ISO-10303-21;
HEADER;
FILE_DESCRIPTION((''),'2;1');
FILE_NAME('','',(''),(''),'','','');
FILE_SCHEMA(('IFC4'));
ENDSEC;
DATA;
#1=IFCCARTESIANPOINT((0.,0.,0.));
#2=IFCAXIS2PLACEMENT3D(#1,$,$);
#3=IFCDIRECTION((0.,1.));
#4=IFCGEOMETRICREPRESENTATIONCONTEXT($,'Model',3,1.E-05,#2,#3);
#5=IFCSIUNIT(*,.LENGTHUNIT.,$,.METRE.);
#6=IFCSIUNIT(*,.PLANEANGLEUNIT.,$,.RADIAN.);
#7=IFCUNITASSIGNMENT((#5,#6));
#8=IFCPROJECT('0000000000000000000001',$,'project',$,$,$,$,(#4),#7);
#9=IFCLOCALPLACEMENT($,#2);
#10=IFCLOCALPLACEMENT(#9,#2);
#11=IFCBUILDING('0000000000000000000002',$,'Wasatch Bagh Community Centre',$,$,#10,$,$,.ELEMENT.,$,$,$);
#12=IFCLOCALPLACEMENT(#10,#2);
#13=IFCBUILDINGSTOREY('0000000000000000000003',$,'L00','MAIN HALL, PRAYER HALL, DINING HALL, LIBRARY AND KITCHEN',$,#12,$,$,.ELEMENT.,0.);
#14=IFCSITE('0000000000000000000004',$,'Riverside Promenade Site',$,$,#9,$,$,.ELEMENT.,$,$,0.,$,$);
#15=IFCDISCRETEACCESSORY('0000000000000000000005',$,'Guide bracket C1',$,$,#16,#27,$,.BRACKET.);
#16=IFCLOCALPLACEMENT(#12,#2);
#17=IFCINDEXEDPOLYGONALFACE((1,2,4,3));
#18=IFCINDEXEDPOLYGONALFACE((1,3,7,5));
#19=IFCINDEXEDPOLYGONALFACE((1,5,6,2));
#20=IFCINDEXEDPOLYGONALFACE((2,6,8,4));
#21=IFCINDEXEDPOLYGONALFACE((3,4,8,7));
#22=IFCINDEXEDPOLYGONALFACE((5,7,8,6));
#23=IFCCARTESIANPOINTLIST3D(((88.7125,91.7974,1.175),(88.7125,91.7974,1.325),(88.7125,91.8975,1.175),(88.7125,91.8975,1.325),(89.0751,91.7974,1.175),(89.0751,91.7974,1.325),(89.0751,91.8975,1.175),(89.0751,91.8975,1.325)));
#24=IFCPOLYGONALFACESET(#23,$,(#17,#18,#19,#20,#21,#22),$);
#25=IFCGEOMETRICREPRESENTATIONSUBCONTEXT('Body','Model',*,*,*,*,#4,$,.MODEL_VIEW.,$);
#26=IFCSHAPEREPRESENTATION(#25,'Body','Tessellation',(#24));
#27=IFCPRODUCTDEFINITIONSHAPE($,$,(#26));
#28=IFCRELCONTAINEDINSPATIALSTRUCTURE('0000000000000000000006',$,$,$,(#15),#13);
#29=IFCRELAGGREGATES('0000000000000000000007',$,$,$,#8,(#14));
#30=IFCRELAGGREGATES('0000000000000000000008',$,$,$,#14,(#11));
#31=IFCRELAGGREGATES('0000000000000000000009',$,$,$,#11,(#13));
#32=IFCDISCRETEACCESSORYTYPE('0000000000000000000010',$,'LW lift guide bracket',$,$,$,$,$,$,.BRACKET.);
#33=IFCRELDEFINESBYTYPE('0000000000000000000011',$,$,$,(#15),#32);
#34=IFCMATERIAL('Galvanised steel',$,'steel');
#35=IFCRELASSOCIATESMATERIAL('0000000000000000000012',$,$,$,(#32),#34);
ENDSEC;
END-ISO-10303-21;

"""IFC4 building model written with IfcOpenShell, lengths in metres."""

from ifc_helpers import new_model, si_unit, direction, frame, origin, origin_2d, place, context, subcontext, project, spatial, rectangle, extrude, material, type_object, element, save


model = new_model("IFC4")

# Units and contexts
model_context = context("Model", 3, precision=1e-05, world=origin(), true_north=direction((0.0, 1.0)))
body_context = subcontext(model_context, "Body", "Model", "MODEL_VIEW")
ifc_project = project(units=[si_unit("LENGTHUNIT", "METRE"), si_unit("PLANEANGLEUNIT", "RADIAN")], contexts=[model_context])

# Site, building, storey
site_placement = place(None, origin())
site = spatial("IfcSite", under=ifc_project, at=site_placement, Name="Riverside Promenade Site", CompositionType="ELEMENT", RefElevation=0.0)
building_placement = place(site_placement, origin())
building = spatial("IfcBuilding", under=site, at=building_placement, Name="Wasatch Bagh Community Centre", CompositionType="ELEMENT")
storey_placement = place(building_placement, origin())
storey = spatial("IfcBuildingStorey", under=building, at=storey_placement, Name="L00", Description="MAIN HALL, PRAYER HALL, DINING HALL, LIBRARY AND KITCHEN", CompositionType="ELEMENT", Elevation=0.0)

# Discrete accessory
ifc_material_1 = material(Name="Galvanised steel", Category="steel")
discrete_accessory_type = type_object("IfcDiscreteAccessoryType", Name="LW lift guide bracket", PredefinedType="BRACKET", material=ifc_material_1)
for number, where, z_axis, x_axis, name in (
    (1, (88.8938, 91.8474, 1.175), (0.0, 0.0, 1.0), (1.0, 0.0, 0.0), "Guide bracket C1"),
):
    element("IfcDiscreteAccessory", number, at=place(storey_placement, frame(where, z_axis=z_axis, x_axis=x_axis)), inside=storey, type_object=discrete_accessory_type, Name=name, PredefinedType="BRACKET", context=body_context, shape_type="SweptSolid", body=[
        extrude(rectangle(XDim=0.3625, YDim=0.1001, at=origin_2d()), origin(), (0.0, 0.0, 1.0), 0.1499),
    ])

save(model, "model.ifc")
